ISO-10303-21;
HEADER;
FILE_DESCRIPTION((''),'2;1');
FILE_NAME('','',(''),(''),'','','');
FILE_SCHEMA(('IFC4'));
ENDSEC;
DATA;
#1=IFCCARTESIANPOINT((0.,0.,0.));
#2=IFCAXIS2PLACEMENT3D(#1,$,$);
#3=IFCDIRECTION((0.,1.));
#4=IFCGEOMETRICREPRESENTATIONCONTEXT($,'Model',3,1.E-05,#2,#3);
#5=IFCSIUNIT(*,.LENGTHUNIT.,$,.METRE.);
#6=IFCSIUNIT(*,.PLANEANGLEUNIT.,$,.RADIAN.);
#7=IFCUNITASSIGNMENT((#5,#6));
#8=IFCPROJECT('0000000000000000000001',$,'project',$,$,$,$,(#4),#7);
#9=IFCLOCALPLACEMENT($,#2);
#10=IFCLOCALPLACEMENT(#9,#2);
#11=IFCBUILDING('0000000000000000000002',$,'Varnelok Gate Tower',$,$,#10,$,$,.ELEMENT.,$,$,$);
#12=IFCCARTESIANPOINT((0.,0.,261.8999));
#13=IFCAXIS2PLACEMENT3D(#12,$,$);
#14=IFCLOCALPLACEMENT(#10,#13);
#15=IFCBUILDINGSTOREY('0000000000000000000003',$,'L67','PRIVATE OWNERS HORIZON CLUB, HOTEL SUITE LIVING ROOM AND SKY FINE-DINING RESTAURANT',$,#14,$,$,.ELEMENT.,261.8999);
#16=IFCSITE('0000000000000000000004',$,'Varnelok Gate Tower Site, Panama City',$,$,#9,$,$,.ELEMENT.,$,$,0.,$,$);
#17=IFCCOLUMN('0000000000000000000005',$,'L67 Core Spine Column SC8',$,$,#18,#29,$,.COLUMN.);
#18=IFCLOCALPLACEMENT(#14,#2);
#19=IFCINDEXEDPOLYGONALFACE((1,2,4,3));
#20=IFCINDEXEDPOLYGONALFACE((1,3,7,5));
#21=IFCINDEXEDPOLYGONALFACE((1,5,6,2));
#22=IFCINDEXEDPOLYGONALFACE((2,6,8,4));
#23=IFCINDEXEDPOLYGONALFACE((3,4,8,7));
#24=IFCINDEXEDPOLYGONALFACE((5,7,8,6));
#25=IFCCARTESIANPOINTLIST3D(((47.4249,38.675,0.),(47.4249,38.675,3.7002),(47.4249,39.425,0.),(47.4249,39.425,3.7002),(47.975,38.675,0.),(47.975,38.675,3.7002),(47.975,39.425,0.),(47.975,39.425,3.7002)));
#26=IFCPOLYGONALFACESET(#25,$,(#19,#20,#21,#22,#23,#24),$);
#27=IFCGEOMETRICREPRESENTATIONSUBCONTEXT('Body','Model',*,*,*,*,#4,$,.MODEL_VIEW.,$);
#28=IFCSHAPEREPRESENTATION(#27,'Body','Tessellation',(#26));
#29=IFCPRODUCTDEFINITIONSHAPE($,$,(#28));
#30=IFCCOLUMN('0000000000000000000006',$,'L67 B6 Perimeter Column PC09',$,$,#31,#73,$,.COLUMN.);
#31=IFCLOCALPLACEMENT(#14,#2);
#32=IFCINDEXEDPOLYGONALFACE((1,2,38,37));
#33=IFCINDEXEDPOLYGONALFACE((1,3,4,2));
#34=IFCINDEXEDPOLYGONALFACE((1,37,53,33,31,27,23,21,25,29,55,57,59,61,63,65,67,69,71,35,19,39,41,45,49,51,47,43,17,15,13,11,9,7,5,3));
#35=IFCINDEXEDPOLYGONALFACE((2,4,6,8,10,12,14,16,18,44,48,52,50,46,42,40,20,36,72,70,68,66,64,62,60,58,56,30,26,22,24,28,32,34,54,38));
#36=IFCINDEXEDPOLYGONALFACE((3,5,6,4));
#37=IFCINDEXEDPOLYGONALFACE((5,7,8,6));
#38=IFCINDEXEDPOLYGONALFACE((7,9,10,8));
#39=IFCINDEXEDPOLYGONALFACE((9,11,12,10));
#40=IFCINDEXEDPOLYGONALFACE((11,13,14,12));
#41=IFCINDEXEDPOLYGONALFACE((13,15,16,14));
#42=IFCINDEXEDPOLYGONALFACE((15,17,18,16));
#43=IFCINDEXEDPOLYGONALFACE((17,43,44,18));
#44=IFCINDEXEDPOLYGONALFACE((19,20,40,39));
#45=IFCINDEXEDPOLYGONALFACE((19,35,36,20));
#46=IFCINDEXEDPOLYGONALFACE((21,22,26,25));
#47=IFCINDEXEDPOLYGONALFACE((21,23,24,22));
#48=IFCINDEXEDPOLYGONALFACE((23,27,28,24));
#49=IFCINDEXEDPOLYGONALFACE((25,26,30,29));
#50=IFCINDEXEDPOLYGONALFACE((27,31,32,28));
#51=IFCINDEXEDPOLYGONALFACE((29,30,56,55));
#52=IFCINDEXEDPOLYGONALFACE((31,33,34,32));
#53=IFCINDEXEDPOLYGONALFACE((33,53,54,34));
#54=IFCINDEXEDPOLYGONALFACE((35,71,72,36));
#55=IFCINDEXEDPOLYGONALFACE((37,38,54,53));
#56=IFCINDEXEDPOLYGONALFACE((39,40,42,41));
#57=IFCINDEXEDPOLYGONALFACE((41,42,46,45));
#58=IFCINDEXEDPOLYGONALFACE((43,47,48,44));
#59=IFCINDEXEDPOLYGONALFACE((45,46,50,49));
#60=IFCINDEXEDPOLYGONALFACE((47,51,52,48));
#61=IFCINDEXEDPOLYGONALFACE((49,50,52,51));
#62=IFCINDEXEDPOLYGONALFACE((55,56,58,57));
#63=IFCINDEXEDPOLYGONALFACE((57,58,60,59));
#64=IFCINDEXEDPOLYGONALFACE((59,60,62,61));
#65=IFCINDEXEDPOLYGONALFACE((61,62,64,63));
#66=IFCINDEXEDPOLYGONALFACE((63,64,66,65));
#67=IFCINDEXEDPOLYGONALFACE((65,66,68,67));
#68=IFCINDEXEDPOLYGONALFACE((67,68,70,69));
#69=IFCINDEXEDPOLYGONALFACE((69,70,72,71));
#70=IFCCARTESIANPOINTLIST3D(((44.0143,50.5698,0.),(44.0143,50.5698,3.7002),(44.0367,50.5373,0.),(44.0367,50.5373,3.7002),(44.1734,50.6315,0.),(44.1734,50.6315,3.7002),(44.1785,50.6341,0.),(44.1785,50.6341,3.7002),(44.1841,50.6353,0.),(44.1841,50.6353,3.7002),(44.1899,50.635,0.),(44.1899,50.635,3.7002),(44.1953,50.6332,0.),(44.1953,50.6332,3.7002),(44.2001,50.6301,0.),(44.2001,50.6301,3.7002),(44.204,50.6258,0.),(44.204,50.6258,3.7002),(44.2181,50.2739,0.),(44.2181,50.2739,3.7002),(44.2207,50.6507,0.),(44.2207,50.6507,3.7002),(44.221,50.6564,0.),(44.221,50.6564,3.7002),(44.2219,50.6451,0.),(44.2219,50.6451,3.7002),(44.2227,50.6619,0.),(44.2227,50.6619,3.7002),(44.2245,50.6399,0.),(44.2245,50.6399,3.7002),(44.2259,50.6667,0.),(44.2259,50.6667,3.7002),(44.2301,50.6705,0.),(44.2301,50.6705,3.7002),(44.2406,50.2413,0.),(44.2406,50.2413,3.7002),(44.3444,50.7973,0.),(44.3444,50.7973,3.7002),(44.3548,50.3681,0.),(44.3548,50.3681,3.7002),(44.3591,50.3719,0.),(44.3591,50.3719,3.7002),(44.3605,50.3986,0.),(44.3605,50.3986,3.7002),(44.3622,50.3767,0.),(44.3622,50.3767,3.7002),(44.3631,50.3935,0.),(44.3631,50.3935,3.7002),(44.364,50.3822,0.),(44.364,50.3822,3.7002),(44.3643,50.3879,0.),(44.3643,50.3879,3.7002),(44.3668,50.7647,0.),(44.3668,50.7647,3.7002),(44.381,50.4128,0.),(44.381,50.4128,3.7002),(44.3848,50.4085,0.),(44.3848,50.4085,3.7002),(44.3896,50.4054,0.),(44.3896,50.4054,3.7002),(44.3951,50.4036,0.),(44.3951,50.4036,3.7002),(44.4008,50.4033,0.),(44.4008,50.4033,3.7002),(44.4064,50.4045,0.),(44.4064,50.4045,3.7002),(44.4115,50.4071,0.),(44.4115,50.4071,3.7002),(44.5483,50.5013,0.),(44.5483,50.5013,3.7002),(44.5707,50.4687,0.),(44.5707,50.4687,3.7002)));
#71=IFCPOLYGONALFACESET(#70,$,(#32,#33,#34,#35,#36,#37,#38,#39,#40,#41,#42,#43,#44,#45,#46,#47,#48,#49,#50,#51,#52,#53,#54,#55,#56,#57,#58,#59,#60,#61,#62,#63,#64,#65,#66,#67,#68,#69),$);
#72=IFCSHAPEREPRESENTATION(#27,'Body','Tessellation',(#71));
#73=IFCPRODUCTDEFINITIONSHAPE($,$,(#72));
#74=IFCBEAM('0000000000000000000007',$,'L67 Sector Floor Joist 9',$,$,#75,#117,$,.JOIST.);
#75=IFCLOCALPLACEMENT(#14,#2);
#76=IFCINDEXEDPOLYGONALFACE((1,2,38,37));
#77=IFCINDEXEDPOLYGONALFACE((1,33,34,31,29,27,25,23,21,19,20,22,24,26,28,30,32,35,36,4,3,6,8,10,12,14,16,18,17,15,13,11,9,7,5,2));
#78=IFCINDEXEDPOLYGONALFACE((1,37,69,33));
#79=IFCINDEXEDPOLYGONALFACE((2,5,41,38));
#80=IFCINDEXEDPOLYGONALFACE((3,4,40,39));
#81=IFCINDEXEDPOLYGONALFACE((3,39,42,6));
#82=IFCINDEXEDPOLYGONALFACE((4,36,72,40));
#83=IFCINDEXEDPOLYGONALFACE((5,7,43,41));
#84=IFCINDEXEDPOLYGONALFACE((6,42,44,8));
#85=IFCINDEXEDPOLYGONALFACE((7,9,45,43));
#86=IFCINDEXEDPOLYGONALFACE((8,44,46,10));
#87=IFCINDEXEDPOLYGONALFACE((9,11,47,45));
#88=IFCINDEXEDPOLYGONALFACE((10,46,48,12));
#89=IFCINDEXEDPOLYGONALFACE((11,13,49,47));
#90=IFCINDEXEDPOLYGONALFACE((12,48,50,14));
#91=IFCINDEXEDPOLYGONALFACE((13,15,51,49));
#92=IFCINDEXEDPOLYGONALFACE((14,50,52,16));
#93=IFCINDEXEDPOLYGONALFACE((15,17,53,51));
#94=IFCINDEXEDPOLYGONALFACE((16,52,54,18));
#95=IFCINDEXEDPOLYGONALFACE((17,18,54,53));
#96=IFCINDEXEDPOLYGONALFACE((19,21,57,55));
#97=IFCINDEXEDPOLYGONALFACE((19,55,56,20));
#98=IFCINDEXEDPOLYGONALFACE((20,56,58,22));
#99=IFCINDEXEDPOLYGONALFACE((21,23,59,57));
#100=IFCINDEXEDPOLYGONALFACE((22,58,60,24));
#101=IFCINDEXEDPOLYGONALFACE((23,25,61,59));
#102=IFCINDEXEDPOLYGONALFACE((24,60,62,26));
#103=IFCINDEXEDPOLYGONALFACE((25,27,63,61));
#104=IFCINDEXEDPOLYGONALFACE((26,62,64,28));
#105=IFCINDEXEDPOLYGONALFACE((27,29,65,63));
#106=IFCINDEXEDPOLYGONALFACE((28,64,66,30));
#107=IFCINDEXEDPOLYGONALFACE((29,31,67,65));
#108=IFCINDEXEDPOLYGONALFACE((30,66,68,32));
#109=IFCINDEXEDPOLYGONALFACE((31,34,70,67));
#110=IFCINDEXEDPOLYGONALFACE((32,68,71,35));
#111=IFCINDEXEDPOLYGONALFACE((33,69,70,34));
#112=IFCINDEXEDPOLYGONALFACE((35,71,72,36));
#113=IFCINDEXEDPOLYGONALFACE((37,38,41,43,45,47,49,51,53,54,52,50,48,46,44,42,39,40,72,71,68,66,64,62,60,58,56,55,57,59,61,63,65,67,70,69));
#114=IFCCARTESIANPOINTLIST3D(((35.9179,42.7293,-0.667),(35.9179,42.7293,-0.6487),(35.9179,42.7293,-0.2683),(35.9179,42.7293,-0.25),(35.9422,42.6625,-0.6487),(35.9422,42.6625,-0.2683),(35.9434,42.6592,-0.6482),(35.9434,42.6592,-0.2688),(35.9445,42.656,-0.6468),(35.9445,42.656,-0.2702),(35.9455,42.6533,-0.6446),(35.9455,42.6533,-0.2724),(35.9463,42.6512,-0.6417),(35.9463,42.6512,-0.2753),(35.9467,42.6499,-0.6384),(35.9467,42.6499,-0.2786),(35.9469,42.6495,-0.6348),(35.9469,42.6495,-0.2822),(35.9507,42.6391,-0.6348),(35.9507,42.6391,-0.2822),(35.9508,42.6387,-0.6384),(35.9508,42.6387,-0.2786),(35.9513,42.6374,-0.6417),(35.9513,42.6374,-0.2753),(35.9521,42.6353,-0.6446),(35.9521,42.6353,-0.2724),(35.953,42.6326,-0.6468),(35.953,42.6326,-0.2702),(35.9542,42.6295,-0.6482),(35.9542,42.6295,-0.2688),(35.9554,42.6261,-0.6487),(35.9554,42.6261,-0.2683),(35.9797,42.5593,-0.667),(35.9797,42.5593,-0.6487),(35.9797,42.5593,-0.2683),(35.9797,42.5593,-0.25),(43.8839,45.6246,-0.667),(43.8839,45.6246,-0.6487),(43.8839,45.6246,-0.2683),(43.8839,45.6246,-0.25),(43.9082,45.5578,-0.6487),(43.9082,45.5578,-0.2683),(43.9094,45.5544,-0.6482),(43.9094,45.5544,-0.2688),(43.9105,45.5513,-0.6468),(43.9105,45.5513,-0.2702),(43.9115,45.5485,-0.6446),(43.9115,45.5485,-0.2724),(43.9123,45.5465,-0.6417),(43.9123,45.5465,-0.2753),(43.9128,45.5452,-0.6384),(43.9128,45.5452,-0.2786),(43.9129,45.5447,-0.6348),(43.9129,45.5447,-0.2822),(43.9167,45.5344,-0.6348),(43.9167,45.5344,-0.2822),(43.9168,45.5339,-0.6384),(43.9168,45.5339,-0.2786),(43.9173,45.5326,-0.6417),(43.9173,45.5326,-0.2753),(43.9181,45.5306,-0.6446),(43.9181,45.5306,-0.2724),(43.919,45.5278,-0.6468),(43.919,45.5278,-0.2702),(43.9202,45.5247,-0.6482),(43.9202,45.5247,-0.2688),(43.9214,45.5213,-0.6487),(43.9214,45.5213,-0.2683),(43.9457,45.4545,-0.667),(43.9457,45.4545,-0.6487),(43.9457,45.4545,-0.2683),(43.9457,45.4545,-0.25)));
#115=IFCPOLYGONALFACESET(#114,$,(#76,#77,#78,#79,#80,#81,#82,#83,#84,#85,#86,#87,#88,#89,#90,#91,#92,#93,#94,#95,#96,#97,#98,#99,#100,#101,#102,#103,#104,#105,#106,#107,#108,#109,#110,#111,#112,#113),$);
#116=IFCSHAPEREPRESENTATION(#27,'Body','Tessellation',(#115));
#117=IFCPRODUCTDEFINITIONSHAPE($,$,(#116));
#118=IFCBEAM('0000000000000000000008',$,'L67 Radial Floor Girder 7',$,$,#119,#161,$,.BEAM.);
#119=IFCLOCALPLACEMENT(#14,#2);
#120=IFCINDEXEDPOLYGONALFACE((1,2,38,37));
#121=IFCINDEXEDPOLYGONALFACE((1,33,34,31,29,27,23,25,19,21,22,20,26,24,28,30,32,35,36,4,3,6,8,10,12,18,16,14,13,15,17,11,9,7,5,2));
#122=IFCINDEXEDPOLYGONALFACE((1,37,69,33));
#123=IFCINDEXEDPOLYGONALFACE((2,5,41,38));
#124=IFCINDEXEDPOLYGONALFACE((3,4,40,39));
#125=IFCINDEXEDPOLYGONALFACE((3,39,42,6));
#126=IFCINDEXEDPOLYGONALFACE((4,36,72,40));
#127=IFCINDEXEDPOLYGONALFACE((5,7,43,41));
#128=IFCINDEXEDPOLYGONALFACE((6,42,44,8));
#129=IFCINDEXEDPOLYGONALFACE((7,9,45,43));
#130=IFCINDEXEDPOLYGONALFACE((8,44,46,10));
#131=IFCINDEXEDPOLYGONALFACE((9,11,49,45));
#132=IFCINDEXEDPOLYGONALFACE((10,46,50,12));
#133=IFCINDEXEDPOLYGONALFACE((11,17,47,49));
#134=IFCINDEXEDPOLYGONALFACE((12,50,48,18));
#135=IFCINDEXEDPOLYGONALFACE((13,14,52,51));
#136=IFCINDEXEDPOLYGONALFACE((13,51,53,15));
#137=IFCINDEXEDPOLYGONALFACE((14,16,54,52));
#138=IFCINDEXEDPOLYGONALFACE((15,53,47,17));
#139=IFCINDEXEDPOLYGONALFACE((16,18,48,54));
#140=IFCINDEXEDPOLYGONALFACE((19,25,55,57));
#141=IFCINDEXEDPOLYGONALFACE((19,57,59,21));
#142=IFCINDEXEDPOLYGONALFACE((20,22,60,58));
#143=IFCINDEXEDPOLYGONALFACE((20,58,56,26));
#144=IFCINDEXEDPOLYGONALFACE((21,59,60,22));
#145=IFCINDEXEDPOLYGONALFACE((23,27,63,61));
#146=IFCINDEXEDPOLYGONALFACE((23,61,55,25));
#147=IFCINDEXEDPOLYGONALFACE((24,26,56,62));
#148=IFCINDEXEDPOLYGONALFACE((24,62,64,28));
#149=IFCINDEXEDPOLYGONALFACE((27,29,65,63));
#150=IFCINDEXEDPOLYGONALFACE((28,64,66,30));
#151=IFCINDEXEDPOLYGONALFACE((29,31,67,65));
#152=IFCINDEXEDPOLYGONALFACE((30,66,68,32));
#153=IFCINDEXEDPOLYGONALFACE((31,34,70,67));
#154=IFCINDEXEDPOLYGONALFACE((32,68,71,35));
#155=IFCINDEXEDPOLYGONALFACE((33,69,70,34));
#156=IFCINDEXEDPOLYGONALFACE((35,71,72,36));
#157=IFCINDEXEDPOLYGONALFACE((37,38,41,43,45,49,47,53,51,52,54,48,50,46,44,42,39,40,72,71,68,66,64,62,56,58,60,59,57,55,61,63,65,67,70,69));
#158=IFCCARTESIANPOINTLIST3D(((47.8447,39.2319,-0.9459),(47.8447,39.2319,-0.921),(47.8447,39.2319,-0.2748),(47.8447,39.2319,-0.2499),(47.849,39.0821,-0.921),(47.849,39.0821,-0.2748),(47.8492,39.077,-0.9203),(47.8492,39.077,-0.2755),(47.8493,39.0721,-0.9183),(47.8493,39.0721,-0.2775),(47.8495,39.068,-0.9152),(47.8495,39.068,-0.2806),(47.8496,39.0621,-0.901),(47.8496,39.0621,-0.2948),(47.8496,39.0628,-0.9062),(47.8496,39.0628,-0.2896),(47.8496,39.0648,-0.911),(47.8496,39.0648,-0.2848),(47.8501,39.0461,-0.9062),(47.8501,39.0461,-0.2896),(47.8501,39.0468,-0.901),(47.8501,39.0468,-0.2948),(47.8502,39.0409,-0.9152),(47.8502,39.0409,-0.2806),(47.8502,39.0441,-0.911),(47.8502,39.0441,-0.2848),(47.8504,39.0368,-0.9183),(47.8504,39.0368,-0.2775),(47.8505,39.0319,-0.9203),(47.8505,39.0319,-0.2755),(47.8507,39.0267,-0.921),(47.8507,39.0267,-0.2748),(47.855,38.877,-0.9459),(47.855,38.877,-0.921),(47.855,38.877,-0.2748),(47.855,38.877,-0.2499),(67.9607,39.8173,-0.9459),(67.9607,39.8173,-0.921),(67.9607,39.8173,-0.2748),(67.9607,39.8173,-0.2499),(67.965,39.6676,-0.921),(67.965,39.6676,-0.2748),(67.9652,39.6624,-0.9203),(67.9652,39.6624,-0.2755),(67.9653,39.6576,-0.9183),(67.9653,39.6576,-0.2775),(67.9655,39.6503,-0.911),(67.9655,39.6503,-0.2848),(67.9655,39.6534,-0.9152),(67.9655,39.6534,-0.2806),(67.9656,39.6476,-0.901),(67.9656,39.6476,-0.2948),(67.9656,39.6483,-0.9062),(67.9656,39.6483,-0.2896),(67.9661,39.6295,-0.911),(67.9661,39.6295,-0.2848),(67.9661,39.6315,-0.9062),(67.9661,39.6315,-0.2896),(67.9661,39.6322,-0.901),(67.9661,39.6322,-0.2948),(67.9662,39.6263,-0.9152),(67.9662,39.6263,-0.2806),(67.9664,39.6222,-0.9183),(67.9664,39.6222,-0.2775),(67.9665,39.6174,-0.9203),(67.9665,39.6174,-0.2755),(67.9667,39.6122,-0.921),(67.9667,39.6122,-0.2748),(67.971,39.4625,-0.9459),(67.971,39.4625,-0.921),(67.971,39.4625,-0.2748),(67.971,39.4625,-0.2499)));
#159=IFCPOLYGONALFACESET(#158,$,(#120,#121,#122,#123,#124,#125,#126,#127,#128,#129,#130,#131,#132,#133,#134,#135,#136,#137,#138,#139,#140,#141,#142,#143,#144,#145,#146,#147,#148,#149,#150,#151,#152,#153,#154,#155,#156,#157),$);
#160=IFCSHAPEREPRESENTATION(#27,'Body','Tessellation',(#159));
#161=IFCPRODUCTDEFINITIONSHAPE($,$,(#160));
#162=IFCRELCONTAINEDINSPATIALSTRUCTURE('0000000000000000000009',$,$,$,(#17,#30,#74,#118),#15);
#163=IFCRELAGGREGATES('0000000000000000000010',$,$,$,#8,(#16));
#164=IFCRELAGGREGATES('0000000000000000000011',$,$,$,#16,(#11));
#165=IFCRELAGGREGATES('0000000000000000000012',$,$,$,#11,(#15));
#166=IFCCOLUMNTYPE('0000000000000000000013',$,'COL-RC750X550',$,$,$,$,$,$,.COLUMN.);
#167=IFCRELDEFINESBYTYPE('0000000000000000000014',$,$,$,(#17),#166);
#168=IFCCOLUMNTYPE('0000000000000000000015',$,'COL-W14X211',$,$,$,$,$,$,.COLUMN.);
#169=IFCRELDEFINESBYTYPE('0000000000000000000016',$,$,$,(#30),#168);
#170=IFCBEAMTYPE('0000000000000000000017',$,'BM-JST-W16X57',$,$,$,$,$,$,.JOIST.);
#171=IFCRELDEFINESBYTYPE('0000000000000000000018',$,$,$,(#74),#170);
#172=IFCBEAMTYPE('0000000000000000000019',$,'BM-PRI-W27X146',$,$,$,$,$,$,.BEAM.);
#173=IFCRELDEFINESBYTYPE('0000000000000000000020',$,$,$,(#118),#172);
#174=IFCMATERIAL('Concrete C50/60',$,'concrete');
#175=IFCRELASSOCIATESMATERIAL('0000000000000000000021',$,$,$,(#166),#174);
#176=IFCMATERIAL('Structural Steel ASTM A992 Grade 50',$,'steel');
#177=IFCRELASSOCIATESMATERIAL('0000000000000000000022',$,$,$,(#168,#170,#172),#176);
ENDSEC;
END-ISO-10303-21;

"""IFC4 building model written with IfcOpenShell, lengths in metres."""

from ifc_helpers import new_model, si_unit, direction, frame, origin, origin_2d, place, context, subcontext, project, spatial, rectangle, i_section, extrude, material, material_profile, profile_set, type_object, element, save


model = new_model("IFC4")

# Units and contexts
model_context = context("Model", 3, precision=1e-05, world=origin(), true_north=direction((0.0, 1.0)))
body_context = subcontext(model_context, "Body", "Model", "MODEL_VIEW")
ifc_project = project(units=[si_unit("LENGTHUNIT", "METRE"), si_unit("PLANEANGLEUNIT", "RADIAN")], contexts=[model_context])

# Site, building, storey
site_placement = place(None, origin())
site = spatial("IfcSite", under=ifc_project, at=site_placement, Name="Varnelok Gate Tower Site, Panama City", CompositionType="ELEMENT", RefElevation=0.0)
building_placement = place(site_placement, origin())
building = spatial("IfcBuilding", under=site, at=building_placement, Name="Varnelok Gate Tower", CompositionType="ELEMENT")
storey_placement = place(building_placement, frame((0.0, 0.0, 261.8999)))
storey = spatial("IfcBuildingStorey", under=building, at=storey_placement, Name="L67", Description="PRIVATE OWNERS HORIZON CLUB, HOTEL SUITE LIVING ROOM AND SKY FINE-DINING RESTAURANT", CompositionType="ELEMENT", Elevation=261.8999)

# Columns
ifc_material_1 = material(Name="Concrete C50/60", Category="concrete")
ifc_material_profile_1 = material_profile(ifc_material_1, rectangle(XDim=0.55, YDim=0.75, at=origin_2d()), Name="RC750X550")
ifc_profile_set_1 = profile_set([ifc_material_profile_1], Name="Concrete C50/60")
column_type_1 = type_object("IfcColumnType", Name="COL-RC750X550", PredefinedType="COLUMN", material=ifc_profile_set_1)
column_1_placement = place(storey_placement, frame((47.7, 39.05, 0.0), z_axis=(0.0, 0.0, 1.0), x_axis=(1.0, 0.0, 0.0)))
element("IfcColumn", 1, at=column_1_placement, inside=storey, type_object=column_type_1, Name="L67 Core Spine Column SC8", PredefinedType="COLUMN", context=body_context, shape_type="SweptSolid", body=[
    extrude(rectangle(XDim=0.55, YDim=0.75, at=origin_2d()), origin(), (0.0, 0.0, 1.0), 3.7002),
])
ifc_material_2 = material(Name="Structural Steel ASTM A992 Grade 50", Category="steel")
ifc_material_profile_2 = material_profile(ifc_material_2, i_section(OverallWidth=0.4009, OverallDepth=0.3989, WebThickness=0.0249, FlangeThickness=0.0396, FilletRadius=0.022, at=origin_2d()), Name="W14X211")
ifc_profile_set_2 = profile_set([ifc_material_profile_2], Name="Structural Steel ASTM A992 Grade 50")
column_type_2 = type_object("IfcColumnType", Name="COL-W14X211", PredefinedType="COLUMN", material=ifc_profile_set_2)
column_2_placement = place(storey_placement, frame((44.2925, 50.5193, 0.0), z_axis=(0.0, 0.0, 1.0), x_axis=(0.823533, 0.567269, 0.0)))
element("IfcColumn", 2, at=column_2_placement, inside=storey, type_object=column_type_2, Name="L67 B6 Perimeter Column PC09", PredefinedType="COLUMN", context=body_context, shape_type="SweptSolid", body=[
    extrude(i_section(OverallWidth=0.4009, OverallDepth=0.3989, WebThickness=0.0249, FlangeThickness=0.0396, FilletRadius=0.022, at=origin_2d()), origin(), (0.0, 0.0, 1.0), 3.7002),
])

# Beams
ifc_material_profile_3 = material_profile(ifc_material_2, i_section(OverallWidth=0.1809, OverallDepth=0.417, WebThickness=0.011, FlangeThickness=0.0183, FilletRadius=0.0139, at=origin_2d()), Name="W16X57")
ifc_profile_set_3 = profile_set([ifc_material_profile_3], Name="Structural Steel ASTM A992 Grade 50")
beam_type_1 = type_object("IfcBeamType", Name="BM-JST-W16X57", PredefinedType="JOIST", material=ifc_profile_set_3)
beam_1_placement = place(storey_placement, frame((43.9148, 45.5396, -0.4585), z_axis=(-0.93985, -0.341588, 0.0), x_axis=(0.341588, -0.93985, 0.0)))
element("IfcBeam", 3, at=beam_1_placement, inside=storey, type_object=beam_type_1, Name="L67 Sector Floor Joist 9", PredefinedType="JOIST", context=body_context, shape_type="SweptSolid", body=[
    extrude(i_section(OverallWidth=0.1809, OverallDepth=0.417, WebThickness=0.011, FlangeThickness=0.0183, FilletRadius=0.0139, at=origin_2d()), origin(), (0.0, 0.0, 1.0), 8.4758),
])
ifc_material_profile_4 = material_profile(ifc_material_2, i_section(OverallWidth=0.355, OverallDepth=0.696, WebThickness=0.0154, FlangeThickness=0.0249, FilletRadius=0.02, at=origin_2d()), Name="W27X146")
ifc_profile_set_4 = profile_set([ifc_material_profile_4], Name="Structural Steel ASTM A992 Grade 50")
beam_type_2 = type_object("IfcBeamType", Name="BM-PRI-W27X146", PredefinedType="BEAM", material=ifc_profile_set_4)
beam_2_placement = place(storey_placement, frame((47.8499, 39.0544, -0.5979), z_axis=(0.999577, 0.029091, 0.0), x_axis=(-0.029091, 0.999577, 0.0)))
element("IfcBeam", 4, at=beam_2_placement, inside=storey, type_object=beam_type_2, Name="L67 Radial Floor Girder 7", PredefinedType="BEAM", context=body_context, shape_type="SweptSolid", body=[
    extrude(i_section(OverallWidth=0.355, OverallDepth=0.696, WebThickness=0.0154, FlangeThickness=0.0249, FilletRadius=0.02, at=origin_2d()), origin(), (0.0, 0.0, 1.0), 20.1245),
])

save(model, "model.ifc")
